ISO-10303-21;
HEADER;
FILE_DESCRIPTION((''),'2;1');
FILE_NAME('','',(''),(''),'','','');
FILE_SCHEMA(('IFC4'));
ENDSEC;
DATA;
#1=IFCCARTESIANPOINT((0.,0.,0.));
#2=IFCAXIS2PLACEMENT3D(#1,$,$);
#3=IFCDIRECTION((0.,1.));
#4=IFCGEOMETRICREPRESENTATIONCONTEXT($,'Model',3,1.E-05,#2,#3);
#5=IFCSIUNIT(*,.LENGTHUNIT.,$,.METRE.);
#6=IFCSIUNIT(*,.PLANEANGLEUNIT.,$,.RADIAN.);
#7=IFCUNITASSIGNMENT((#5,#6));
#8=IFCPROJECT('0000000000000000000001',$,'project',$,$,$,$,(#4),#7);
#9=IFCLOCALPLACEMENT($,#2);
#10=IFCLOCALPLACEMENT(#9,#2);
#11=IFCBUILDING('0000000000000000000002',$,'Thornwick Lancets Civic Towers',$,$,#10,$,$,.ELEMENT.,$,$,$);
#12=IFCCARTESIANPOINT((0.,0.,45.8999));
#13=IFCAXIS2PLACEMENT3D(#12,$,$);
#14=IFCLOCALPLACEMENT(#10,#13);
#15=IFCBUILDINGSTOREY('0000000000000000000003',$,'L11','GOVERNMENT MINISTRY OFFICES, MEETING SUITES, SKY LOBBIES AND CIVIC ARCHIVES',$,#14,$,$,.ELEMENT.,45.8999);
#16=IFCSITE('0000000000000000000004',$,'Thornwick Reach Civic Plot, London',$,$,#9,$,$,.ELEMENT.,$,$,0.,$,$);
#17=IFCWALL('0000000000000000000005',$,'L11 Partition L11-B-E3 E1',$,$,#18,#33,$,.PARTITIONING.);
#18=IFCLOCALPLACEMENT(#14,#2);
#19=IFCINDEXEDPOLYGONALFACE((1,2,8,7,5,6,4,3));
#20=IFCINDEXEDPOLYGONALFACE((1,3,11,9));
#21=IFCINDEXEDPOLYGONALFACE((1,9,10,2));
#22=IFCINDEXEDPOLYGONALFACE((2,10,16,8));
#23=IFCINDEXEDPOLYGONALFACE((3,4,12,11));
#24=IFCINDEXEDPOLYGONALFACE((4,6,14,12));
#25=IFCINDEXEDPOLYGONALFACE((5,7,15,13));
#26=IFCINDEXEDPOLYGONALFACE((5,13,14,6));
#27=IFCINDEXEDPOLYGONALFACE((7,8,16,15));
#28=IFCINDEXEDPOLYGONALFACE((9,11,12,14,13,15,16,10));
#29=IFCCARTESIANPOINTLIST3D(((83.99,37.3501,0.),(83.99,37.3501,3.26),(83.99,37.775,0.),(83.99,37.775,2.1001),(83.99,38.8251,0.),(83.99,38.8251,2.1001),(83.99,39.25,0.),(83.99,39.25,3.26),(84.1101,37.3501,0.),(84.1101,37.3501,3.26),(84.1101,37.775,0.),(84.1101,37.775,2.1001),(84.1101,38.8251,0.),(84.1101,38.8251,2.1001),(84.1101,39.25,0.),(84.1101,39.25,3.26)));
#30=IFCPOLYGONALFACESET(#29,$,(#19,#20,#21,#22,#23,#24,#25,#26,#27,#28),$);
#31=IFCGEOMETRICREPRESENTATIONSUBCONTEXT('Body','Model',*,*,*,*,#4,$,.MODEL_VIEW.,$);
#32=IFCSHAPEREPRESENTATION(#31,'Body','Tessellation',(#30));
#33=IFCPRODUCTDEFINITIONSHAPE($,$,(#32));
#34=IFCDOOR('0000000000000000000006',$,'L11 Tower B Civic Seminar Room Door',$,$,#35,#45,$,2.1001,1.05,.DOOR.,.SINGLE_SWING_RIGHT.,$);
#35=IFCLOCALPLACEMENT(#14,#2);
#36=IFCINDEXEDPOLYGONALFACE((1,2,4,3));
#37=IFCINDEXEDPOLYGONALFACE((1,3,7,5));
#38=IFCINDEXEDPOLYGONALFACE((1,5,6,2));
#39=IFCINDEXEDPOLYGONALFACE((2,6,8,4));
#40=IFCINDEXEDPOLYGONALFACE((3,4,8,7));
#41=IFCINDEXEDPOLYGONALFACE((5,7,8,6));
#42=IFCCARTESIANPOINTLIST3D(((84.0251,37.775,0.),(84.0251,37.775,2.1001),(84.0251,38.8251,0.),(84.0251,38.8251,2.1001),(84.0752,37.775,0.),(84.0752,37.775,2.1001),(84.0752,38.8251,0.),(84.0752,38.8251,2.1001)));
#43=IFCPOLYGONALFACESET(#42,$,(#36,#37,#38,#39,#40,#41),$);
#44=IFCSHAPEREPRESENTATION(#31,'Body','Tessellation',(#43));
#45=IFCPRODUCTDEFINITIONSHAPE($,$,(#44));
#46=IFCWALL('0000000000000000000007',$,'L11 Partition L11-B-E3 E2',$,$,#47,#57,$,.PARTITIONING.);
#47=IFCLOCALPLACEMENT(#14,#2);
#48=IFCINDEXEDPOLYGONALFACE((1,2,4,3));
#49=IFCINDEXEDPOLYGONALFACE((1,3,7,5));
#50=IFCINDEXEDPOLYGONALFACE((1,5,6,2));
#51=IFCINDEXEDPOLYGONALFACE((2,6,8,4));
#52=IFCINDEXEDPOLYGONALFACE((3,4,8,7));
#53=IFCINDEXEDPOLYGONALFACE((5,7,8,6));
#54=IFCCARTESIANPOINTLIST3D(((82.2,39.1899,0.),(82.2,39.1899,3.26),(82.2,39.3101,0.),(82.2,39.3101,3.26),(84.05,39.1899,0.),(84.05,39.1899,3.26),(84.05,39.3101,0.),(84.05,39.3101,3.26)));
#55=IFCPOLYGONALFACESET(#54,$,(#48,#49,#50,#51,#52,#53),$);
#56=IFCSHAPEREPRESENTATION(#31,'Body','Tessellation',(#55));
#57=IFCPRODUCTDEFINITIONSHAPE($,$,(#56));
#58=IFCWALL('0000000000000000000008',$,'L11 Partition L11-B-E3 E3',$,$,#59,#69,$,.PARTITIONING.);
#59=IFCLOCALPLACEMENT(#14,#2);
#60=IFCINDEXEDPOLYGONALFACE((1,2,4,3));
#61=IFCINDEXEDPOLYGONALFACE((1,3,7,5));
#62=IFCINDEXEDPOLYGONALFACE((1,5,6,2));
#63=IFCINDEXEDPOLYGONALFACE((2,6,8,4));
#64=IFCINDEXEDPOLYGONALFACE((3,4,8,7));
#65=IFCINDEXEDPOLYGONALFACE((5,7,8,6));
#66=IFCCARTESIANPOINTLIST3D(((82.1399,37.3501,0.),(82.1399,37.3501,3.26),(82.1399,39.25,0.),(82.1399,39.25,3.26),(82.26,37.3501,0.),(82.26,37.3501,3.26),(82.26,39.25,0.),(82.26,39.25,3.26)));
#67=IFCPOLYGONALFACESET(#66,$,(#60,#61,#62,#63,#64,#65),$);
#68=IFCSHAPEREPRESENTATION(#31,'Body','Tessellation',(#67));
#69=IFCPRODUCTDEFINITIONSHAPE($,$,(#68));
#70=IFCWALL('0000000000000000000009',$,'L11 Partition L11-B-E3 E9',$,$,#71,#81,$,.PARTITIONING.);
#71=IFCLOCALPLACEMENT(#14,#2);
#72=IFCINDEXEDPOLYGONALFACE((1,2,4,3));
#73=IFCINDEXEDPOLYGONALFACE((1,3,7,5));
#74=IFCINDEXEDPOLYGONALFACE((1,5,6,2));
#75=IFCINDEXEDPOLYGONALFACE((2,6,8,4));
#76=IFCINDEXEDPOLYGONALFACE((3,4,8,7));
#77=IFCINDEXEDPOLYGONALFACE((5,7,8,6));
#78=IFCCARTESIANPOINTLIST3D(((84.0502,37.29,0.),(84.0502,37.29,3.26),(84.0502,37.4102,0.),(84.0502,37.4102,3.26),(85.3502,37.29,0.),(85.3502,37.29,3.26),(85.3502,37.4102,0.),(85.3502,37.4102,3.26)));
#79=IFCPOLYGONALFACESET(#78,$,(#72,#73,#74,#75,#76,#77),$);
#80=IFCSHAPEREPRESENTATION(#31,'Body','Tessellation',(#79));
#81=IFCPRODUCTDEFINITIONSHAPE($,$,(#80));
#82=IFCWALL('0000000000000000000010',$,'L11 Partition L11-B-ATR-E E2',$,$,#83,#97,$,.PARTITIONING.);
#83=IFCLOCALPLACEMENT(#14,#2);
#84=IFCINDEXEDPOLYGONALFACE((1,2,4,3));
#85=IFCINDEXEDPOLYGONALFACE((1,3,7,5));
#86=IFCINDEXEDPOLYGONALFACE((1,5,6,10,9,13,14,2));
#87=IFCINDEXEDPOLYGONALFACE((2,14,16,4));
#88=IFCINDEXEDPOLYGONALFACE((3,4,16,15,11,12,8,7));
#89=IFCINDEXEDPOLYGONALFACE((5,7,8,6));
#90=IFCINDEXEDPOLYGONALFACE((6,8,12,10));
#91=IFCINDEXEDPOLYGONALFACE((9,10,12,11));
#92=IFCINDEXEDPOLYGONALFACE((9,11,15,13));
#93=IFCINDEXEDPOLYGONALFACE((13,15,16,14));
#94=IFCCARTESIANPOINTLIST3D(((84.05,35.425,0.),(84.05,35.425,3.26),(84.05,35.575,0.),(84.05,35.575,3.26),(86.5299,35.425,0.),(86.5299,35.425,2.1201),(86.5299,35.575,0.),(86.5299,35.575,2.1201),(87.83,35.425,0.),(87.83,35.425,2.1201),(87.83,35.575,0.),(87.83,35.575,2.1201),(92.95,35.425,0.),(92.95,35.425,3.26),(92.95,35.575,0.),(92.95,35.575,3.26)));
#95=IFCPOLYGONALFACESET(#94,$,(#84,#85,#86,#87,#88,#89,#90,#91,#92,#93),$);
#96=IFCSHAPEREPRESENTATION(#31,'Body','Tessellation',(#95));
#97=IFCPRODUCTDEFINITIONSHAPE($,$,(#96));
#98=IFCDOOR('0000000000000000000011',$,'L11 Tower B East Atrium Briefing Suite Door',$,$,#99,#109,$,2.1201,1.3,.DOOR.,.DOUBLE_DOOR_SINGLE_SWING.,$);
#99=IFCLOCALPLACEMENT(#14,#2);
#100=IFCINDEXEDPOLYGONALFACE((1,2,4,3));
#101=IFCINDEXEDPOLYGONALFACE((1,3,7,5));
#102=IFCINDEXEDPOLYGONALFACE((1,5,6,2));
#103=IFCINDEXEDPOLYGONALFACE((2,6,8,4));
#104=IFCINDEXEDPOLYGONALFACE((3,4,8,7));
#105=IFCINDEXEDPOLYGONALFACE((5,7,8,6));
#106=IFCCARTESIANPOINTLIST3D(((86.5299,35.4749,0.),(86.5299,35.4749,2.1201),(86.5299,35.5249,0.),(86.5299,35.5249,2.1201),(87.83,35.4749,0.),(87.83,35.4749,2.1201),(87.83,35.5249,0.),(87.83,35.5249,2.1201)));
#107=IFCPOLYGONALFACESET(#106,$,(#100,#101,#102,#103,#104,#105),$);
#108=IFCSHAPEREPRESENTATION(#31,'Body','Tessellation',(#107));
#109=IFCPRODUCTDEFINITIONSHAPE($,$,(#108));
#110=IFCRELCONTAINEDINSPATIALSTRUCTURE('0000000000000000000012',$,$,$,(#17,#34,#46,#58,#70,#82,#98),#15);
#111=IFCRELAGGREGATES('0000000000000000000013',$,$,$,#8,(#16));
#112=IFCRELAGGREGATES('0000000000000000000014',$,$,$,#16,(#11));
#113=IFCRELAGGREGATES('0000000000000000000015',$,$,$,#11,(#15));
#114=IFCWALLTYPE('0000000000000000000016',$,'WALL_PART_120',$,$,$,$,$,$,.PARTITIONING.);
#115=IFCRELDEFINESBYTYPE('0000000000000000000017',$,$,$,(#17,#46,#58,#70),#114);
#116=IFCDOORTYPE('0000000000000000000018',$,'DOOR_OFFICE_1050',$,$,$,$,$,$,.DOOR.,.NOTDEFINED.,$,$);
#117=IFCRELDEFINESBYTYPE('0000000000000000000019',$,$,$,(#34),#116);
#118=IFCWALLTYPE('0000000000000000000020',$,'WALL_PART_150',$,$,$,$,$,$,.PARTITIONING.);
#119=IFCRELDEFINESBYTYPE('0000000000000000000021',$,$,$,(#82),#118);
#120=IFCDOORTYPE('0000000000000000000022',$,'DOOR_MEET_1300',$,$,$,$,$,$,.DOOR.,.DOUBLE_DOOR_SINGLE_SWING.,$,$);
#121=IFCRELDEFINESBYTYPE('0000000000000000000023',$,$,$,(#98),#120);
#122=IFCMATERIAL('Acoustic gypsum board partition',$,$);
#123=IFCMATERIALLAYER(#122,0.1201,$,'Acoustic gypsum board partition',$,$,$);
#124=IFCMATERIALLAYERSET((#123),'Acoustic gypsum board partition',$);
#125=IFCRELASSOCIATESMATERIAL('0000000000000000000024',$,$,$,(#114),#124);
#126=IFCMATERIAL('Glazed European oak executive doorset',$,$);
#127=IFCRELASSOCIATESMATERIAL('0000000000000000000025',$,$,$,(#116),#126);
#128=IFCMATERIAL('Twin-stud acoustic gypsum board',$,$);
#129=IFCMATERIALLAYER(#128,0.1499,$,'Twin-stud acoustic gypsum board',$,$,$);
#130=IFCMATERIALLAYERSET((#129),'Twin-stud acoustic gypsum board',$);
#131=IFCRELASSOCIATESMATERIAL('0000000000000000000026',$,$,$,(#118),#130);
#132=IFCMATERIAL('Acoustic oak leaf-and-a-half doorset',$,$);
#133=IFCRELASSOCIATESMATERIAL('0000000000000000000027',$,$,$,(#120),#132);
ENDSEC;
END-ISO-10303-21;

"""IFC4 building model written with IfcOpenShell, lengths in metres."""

from ifc_helpers import new_model, si_unit, direction, frame, frame_2d, origin, place, context, subcontext, project, spatial, rectangle, extrude, material, layer, layer_set, type_object, element, fill, save


model = new_model("IFC4")

# Units and contexts
model_context = context("Model", 3, precision=1e-05, world=origin(), true_north=direction((0.0, 1.0)))
body_context = subcontext(model_context, "Body", "Model", "MODEL_VIEW")
ifc_project = project(units=[si_unit("LENGTHUNIT", "METRE"), si_unit("PLANEANGLEUNIT", "RADIAN")], contexts=[model_context])

# Site, building, storey
site_placement = place(None, origin())
site = spatial("IfcSite", under=ifc_project, at=site_placement, Name="Thornwick Reach Civic Plot, London", CompositionType="ELEMENT", RefElevation=0.0)
building_placement = place(site_placement, origin())
building = spatial("IfcBuilding", under=site, at=building_placement, Name="Thornwick Lancets Civic Towers", CompositionType="ELEMENT")
storey_placement = place(building_placement, frame((0.0, 0.0, 45.8999)))
storey = spatial("IfcBuildingStorey", under=building, at=storey_placement, Name="L11", Description="GOVERNMENT MINISTRY OFFICES, MEETING SUITES, SKY LOBBIES AND CIVIC ARCHIVES", CompositionType="ELEMENT", Elevation=45.8999)

# Shared definitions
ifc_material_1 = material(Name="Acoustic gypsum board partition")
ifc_layer_1 = layer(ifc_material_1, 0.1201, Name="Acoustic gypsum board partition")
ifc_layer_set_1 = layer_set([ifc_layer_1], Name="Acoustic gypsum board partition")
wall_type_1 = type_object("IfcWallType", Name="WALL_PART_120", PredefinedType="PARTITIONING", material=ifc_layer_set_1)

# Wall, opening, door
wall_1_placement = place(storey_placement, frame((84.05, 37.3501, 0.0), z_axis=(0.0, 0.0, 1.0), x_axis=(0.0, 1.0, 0.0)))
wall_1 = element("IfcWall", 1, at=wall_1_placement, inside=storey, type_object=wall_type_1, Name="L11 Partition L11-B-E3 E1", PredefinedType="PARTITIONING", context=body_context, shape_type="SweptSolid", body=[
    extrude(rectangle(XDim=1.8999, YDim=0.1201, at=frame_2d((0.95, 0.0))), origin(), (0.0, 0.0, 1.0), 3.26),
])
opening_1_placement = place(wall_1_placement, frame((0.425, 0.0, 0.0)))
opening_1 = element("IfcOpeningElement", 2, at=opening_1_placement, cuts=wall_1, PredefinedType="OPENING", context=body_context, shape_type="SweptSolid", body=[
    extrude(rectangle(XDim=1.05, YDim=2.1001, at=frame_2d((0.5249, 1.05))), frame((0.0, 0.0701, 0.0), z_axis=(0.0, -1.0, 0.0), x_axis=(1.0, 0.0, 0.0)), (0.0, 0.0, 1.0), 0.1401),
])
ifc_material_2 = material(Name="Glazed European oak executive doorset")
door_type_1 = type_object("IfcDoorType", Name="DOOR_OFFICE_1050", OperationType="NOTDEFINED", PredefinedType="DOOR", material=ifc_material_2)
door_1_placement = place(opening_1_placement, origin())
door_1 = element("IfcDoor", 3, at=door_1_placement, inside=storey, type_object=door_type_1, Name="L11 Tower B Civic Seminar Room Door", OperationType="SINGLE_SWING_RIGHT", OverallHeight=2.1001, OverallWidth=1.05, PredefinedType="DOOR", context=body_context, shape_type="SweptSolid", body=[
    extrude(rectangle(XDim=1.05, YDim=2.1001, at=frame_2d((0.5249, 1.05))), frame((0.0, 0.0249, 0.0), z_axis=(0.0, -1.0, 0.0), x_axis=(1.0, 0.0, 0.0)), (0.0, 0.0, 1.0), 0.05),
])
fill(opening_1, door_1)

# Walls
wall_2_placement = place(storey_placement, frame((84.05, 39.25, 0.0), z_axis=(0.0, 0.0, 1.0), x_axis=(-1.0, 0.0, 0.0)))
element("IfcWall", 4, at=wall_2_placement, inside=storey, type_object=wall_type_1, Name="L11 Partition L11-B-E3 E2", PredefinedType="PARTITIONING", context=body_context, shape_type="SweptSolid", body=[
    extrude(rectangle(XDim=1.8501, YDim=0.1201, at=frame_2d((0.925, 0.0))), origin(), (0.0, 0.0, 1.0), 3.26),
])
wall_3_placement = place(storey_placement, frame((82.2, 39.25, 0.0), z_axis=(0.0, 0.0, 1.0), x_axis=(0.0, -1.0, 0.0)))
element("IfcWall", 5, at=wall_3_placement, inside=storey, type_object=wall_type_1, Name="L11 Partition L11-B-E3 E3", PredefinedType="PARTITIONING", context=body_context, shape_type="SweptSolid", body=[
    extrude(rectangle(XDim=1.8999, YDim=0.1201, at=frame_2d((0.95, 0.0))), origin(), (0.0, 0.0, 1.0), 3.26),
])
wall_4_placement = place(storey_placement, frame((85.3501, 37.3501, 0.0), z_axis=(0.0, 0.0, 1.0), x_axis=(-1.0, 0.0, 0.0)))
element("IfcWall", 6, at=wall_4_placement, inside=storey, type_object=wall_type_1, Name="L11 Partition L11-B-E3 E9", PredefinedType="PARTITIONING", context=body_context, shape_type="SweptSolid", body=[
    extrude(rectangle(XDim=1.3, YDim=0.1201, at=frame_2d((0.6499, 0.0))), origin(), (0.0, 0.0, 1.0), 3.26),
])

# Wall, opening, door
ifc_material_3 = material(Name="Twin-stud acoustic gypsum board")
ifc_layer_2 = layer(ifc_material_3, 0.1499, Name="Twin-stud acoustic gypsum board")
ifc_layer_set_2 = layer_set([ifc_layer_2], Name="Twin-stud acoustic gypsum board")
wall_type_2 = type_object("IfcWallType", Name="WALL_PART_150", PredefinedType="PARTITIONING", material=ifc_layer_set_2)
wall_5_placement = place(storey_placement, frame((84.05, 35.5, 0.0), z_axis=(0.0, 0.0, 1.0), x_axis=(1.0, 0.0, 0.0)))
wall_5 = element("IfcWall", 7, at=wall_5_placement, inside=storey, type_object=wall_type_2, Name="L11 Partition L11-B-ATR-E E2", PredefinedType="PARTITIONING", context=body_context, shape_type="SweptSolid", body=[
    extrude(rectangle(XDim=8.8999, YDim=0.1499, at=frame_2d((4.45, 0.0))), origin(), (0.0, 0.0, 1.0), 3.26),
])
opening_2_placement = place(wall_5_placement, frame((2.48, 0.0, 0.0)))
opening_2 = element("IfcOpeningElement", 8, at=opening_2_placement, cuts=wall_5, PredefinedType="OPENING", context=body_context, shape_type="SweptSolid", body=[
    extrude(rectangle(XDim=1.3, YDim=2.1201, at=frame_2d((0.6499, 1.0601))), frame((0.0, 0.085, 0.0), z_axis=(0.0, -1.0, 0.0), x_axis=(1.0, 0.0, 0.0)), (0.0, 0.0, 1.0), 0.1699),
])
ifc_material_4 = material(Name="Acoustic oak leaf-and-a-half doorset")
door_type_2 = type_object("IfcDoorType", Name="DOOR_MEET_1300", OperationType="DOUBLE_DOOR_SINGLE_SWING", PredefinedType="DOOR", material=ifc_material_4)
door_2_placement = place(opening_2_placement, origin())
door_2 = element("IfcDoor", 9, at=door_2_placement, inside=storey, type_object=door_type_2, Name="L11 Tower B East Atrium Briefing Suite Door", OperationType="DOUBLE_DOOR_SINGLE_SWING", OverallHeight=2.1201, OverallWidth=1.3, PredefinedType="DOOR", context=body_context, shape_type="SweptSolid", body=[
    extrude(rectangle(XDim=1.3, YDim=2.1201, at=frame_2d((0.6499, 1.0601))), frame((0.0, 0.0249, 0.0), z_axis=(0.0, -1.0, 0.0), x_axis=(1.0, 0.0, 0.0)), (0.0, 0.0, 1.0), 0.05),
])
fill(opening_2, door_2)

save(model, "model.ifc")
